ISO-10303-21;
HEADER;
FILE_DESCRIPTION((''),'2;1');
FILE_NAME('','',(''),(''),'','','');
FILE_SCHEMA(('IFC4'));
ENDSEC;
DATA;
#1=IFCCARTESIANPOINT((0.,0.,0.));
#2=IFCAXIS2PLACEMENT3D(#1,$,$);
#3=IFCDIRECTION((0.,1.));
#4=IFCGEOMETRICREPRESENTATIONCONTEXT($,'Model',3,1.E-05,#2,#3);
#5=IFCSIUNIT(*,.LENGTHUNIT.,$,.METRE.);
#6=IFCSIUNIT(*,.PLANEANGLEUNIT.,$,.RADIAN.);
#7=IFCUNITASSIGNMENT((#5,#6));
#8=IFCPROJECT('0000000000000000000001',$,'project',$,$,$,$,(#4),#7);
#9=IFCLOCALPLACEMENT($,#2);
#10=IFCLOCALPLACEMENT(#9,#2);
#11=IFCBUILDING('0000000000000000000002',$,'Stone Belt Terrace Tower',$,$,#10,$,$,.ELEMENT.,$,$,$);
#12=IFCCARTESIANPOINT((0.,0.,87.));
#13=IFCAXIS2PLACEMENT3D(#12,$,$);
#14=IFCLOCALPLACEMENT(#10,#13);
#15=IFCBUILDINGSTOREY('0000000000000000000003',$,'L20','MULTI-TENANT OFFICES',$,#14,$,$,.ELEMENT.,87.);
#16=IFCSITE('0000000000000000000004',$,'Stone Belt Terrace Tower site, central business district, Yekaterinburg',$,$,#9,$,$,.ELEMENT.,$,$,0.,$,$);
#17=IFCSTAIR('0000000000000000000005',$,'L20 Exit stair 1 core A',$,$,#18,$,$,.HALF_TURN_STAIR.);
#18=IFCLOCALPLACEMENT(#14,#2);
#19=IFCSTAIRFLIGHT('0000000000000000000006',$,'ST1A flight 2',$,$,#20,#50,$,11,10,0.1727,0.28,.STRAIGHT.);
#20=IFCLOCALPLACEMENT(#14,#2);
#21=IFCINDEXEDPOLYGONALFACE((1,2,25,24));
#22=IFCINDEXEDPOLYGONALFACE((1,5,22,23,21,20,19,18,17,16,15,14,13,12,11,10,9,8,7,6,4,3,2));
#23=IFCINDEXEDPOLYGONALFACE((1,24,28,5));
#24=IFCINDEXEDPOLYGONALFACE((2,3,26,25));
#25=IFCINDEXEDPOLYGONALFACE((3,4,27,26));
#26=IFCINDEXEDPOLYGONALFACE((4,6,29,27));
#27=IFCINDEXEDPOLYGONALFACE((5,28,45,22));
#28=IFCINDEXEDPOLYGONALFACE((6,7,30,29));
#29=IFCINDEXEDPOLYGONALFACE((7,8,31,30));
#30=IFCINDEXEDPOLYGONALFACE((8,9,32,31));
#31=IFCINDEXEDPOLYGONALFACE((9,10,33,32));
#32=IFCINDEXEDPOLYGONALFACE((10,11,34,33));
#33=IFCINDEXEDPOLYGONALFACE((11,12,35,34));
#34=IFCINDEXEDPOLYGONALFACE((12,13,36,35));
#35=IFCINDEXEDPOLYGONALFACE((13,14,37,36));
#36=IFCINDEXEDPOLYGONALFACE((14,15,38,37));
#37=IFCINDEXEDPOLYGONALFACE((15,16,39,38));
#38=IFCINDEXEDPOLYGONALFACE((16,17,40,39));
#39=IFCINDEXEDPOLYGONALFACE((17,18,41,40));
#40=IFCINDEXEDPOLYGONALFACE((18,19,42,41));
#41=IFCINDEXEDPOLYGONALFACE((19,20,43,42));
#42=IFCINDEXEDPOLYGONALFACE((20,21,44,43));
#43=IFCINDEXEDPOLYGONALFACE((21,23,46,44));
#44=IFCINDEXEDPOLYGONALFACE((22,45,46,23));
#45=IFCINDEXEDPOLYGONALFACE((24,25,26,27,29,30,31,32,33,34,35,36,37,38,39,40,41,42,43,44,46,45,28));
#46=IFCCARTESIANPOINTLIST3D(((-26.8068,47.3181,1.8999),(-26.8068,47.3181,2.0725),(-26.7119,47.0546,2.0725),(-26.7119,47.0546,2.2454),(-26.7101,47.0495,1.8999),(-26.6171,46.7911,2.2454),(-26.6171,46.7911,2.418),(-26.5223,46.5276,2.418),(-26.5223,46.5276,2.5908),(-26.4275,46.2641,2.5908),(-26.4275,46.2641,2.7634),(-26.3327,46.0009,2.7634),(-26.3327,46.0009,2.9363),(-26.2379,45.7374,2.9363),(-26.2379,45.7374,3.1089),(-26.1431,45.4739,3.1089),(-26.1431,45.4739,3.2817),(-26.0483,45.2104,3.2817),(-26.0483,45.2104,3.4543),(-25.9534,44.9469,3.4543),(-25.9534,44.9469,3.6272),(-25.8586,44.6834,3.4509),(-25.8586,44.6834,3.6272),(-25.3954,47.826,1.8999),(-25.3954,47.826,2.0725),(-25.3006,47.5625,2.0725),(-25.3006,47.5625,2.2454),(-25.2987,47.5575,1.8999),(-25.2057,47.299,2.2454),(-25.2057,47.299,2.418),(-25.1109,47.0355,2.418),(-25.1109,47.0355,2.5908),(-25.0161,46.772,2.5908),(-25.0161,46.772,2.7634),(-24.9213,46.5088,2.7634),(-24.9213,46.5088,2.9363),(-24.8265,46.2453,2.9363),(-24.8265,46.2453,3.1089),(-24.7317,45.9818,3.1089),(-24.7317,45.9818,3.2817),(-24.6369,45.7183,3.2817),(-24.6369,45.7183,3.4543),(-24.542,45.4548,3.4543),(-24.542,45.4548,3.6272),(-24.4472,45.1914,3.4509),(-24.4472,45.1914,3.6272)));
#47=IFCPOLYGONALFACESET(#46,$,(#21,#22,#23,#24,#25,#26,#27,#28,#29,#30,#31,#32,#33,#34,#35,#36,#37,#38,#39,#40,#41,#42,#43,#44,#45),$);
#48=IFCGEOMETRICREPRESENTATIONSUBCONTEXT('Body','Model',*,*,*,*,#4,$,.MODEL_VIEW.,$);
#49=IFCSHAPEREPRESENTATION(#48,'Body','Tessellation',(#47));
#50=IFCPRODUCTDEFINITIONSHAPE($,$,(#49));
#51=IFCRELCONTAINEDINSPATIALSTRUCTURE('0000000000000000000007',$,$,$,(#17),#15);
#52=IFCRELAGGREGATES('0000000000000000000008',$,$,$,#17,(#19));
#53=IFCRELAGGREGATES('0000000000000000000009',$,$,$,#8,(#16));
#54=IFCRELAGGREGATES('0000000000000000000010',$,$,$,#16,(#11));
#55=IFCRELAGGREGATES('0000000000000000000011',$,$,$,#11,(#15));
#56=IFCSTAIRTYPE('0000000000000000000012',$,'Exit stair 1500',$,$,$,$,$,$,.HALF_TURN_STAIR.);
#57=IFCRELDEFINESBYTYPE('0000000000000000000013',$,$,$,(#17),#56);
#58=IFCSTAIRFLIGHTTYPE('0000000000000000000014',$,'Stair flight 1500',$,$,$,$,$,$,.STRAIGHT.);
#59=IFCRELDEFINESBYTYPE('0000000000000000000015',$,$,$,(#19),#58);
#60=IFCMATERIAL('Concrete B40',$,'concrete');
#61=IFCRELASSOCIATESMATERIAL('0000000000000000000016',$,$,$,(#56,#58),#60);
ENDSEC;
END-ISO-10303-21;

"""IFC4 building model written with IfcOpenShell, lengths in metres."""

from ifc_helpers import new_model, si_unit, direction, frame, origin, place, context, subcontext, project, spatial, polyline, outline, extrude, material, type_object, element, aggregate, save


model = new_model("IFC4")

# Units and contexts
model_context = context("Model", 3, precision=1e-05, world=origin(), true_north=direction((0.0, 1.0)))
body_context = subcontext(model_context, "Body", "Model", "MODEL_VIEW")
ifc_project = project(units=[si_unit("LENGTHUNIT", "METRE"), si_unit("PLANEANGLEUNIT", "RADIAN")], contexts=[model_context])

# Site, building, storey
site_placement = place(None, origin())
site = spatial("IfcSite", under=ifc_project, at=site_placement, Name="Stone Belt Terrace Tower site, central business district, Yekaterinburg", CompositionType="ELEMENT", RefElevation=0.0)
building_placement = place(site_placement, origin())
building = spatial("IfcBuilding", under=site, at=building_placement, Name="Stone Belt Terrace Tower", CompositionType="ELEMENT")
storey_placement = place(building_placement, frame((0.0, 0.0, 87.0)))
storey = spatial("IfcBuildingStorey", under=building, at=storey_placement, Name="L20", Description="MULTI-TENANT OFFICES", CompositionType="ELEMENT", Elevation=87.0)

# Stair, stair flight
ifc_material_1 = material(Name="Concrete B40", Category="concrete")
stair_type = type_object("IfcStairType", Name="Exit stair 1500", PredefinedType="HALF_TURN_STAIR", material=ifc_material_1)
stair_placement = place(storey_placement, origin())
stair = element("IfcStair", 1, at=stair_placement, inside=storey, type_object=stair_type, Name="L20 Exit stair 1 core A", PredefinedType="HALF_TURN_STAIR")
stair_flight_type = type_object("IfcStairFlightType", Name="Stair flight 1500", PredefinedType="STRAIGHT", material=ifc_material_1)
stair_flight_1_placement = place(storey_placement, frame((-26.1011, 47.572, 1.8999), z_axis=(0.0, 0.0, 1.0), x_axis=(0.338624, -0.940922, 0.0)))
stair_flight_1 = element("IfcStairFlight", 2, at=stair_flight_1_placement, type_object=stair_flight_type, Name="ST1A flight 2", NumberOfRisers=11, NumberOfTreads=10, PredefinedType="STRAIGHT", RiserHeight=0.1727, TreadLength=0.28, context=body_context, shape_type="SweptSolid", body=[
    extrude(outline(polyline([(0.0, 0.0), (0.0, 0.1726), (0.28, 0.1726), (0.28, 0.3455), (0.5601, 0.3455), (0.5601, 0.5181), (0.8401, 0.5181), (0.8401, 0.6909), (1.1201, 0.6909), (1.1201, 0.8635), (1.3999, 0.8635), (1.3999, 1.0364), (1.6799, 1.0364), (1.6799, 1.209), (1.96, 1.209), (1.96, 1.3818), (2.24, 1.3818), (2.24, 1.5544), (2.52, 1.5544), (2.52, 1.7273), (2.8, 1.7273), (2.8, 1.8999), (2.8, 1.551), (0.2854, 0.0), (0.0, 0.0)])), frame((0.0, 0.75, 0.0), z_axis=(0.0, -1.0, 0.0), x_axis=(1.0, 0.0, 0.0)), (0.0, 0.0, 1.0), 1.5),
])
aggregate(stair, [stair_flight_1])

save(model, "model.ifc")
